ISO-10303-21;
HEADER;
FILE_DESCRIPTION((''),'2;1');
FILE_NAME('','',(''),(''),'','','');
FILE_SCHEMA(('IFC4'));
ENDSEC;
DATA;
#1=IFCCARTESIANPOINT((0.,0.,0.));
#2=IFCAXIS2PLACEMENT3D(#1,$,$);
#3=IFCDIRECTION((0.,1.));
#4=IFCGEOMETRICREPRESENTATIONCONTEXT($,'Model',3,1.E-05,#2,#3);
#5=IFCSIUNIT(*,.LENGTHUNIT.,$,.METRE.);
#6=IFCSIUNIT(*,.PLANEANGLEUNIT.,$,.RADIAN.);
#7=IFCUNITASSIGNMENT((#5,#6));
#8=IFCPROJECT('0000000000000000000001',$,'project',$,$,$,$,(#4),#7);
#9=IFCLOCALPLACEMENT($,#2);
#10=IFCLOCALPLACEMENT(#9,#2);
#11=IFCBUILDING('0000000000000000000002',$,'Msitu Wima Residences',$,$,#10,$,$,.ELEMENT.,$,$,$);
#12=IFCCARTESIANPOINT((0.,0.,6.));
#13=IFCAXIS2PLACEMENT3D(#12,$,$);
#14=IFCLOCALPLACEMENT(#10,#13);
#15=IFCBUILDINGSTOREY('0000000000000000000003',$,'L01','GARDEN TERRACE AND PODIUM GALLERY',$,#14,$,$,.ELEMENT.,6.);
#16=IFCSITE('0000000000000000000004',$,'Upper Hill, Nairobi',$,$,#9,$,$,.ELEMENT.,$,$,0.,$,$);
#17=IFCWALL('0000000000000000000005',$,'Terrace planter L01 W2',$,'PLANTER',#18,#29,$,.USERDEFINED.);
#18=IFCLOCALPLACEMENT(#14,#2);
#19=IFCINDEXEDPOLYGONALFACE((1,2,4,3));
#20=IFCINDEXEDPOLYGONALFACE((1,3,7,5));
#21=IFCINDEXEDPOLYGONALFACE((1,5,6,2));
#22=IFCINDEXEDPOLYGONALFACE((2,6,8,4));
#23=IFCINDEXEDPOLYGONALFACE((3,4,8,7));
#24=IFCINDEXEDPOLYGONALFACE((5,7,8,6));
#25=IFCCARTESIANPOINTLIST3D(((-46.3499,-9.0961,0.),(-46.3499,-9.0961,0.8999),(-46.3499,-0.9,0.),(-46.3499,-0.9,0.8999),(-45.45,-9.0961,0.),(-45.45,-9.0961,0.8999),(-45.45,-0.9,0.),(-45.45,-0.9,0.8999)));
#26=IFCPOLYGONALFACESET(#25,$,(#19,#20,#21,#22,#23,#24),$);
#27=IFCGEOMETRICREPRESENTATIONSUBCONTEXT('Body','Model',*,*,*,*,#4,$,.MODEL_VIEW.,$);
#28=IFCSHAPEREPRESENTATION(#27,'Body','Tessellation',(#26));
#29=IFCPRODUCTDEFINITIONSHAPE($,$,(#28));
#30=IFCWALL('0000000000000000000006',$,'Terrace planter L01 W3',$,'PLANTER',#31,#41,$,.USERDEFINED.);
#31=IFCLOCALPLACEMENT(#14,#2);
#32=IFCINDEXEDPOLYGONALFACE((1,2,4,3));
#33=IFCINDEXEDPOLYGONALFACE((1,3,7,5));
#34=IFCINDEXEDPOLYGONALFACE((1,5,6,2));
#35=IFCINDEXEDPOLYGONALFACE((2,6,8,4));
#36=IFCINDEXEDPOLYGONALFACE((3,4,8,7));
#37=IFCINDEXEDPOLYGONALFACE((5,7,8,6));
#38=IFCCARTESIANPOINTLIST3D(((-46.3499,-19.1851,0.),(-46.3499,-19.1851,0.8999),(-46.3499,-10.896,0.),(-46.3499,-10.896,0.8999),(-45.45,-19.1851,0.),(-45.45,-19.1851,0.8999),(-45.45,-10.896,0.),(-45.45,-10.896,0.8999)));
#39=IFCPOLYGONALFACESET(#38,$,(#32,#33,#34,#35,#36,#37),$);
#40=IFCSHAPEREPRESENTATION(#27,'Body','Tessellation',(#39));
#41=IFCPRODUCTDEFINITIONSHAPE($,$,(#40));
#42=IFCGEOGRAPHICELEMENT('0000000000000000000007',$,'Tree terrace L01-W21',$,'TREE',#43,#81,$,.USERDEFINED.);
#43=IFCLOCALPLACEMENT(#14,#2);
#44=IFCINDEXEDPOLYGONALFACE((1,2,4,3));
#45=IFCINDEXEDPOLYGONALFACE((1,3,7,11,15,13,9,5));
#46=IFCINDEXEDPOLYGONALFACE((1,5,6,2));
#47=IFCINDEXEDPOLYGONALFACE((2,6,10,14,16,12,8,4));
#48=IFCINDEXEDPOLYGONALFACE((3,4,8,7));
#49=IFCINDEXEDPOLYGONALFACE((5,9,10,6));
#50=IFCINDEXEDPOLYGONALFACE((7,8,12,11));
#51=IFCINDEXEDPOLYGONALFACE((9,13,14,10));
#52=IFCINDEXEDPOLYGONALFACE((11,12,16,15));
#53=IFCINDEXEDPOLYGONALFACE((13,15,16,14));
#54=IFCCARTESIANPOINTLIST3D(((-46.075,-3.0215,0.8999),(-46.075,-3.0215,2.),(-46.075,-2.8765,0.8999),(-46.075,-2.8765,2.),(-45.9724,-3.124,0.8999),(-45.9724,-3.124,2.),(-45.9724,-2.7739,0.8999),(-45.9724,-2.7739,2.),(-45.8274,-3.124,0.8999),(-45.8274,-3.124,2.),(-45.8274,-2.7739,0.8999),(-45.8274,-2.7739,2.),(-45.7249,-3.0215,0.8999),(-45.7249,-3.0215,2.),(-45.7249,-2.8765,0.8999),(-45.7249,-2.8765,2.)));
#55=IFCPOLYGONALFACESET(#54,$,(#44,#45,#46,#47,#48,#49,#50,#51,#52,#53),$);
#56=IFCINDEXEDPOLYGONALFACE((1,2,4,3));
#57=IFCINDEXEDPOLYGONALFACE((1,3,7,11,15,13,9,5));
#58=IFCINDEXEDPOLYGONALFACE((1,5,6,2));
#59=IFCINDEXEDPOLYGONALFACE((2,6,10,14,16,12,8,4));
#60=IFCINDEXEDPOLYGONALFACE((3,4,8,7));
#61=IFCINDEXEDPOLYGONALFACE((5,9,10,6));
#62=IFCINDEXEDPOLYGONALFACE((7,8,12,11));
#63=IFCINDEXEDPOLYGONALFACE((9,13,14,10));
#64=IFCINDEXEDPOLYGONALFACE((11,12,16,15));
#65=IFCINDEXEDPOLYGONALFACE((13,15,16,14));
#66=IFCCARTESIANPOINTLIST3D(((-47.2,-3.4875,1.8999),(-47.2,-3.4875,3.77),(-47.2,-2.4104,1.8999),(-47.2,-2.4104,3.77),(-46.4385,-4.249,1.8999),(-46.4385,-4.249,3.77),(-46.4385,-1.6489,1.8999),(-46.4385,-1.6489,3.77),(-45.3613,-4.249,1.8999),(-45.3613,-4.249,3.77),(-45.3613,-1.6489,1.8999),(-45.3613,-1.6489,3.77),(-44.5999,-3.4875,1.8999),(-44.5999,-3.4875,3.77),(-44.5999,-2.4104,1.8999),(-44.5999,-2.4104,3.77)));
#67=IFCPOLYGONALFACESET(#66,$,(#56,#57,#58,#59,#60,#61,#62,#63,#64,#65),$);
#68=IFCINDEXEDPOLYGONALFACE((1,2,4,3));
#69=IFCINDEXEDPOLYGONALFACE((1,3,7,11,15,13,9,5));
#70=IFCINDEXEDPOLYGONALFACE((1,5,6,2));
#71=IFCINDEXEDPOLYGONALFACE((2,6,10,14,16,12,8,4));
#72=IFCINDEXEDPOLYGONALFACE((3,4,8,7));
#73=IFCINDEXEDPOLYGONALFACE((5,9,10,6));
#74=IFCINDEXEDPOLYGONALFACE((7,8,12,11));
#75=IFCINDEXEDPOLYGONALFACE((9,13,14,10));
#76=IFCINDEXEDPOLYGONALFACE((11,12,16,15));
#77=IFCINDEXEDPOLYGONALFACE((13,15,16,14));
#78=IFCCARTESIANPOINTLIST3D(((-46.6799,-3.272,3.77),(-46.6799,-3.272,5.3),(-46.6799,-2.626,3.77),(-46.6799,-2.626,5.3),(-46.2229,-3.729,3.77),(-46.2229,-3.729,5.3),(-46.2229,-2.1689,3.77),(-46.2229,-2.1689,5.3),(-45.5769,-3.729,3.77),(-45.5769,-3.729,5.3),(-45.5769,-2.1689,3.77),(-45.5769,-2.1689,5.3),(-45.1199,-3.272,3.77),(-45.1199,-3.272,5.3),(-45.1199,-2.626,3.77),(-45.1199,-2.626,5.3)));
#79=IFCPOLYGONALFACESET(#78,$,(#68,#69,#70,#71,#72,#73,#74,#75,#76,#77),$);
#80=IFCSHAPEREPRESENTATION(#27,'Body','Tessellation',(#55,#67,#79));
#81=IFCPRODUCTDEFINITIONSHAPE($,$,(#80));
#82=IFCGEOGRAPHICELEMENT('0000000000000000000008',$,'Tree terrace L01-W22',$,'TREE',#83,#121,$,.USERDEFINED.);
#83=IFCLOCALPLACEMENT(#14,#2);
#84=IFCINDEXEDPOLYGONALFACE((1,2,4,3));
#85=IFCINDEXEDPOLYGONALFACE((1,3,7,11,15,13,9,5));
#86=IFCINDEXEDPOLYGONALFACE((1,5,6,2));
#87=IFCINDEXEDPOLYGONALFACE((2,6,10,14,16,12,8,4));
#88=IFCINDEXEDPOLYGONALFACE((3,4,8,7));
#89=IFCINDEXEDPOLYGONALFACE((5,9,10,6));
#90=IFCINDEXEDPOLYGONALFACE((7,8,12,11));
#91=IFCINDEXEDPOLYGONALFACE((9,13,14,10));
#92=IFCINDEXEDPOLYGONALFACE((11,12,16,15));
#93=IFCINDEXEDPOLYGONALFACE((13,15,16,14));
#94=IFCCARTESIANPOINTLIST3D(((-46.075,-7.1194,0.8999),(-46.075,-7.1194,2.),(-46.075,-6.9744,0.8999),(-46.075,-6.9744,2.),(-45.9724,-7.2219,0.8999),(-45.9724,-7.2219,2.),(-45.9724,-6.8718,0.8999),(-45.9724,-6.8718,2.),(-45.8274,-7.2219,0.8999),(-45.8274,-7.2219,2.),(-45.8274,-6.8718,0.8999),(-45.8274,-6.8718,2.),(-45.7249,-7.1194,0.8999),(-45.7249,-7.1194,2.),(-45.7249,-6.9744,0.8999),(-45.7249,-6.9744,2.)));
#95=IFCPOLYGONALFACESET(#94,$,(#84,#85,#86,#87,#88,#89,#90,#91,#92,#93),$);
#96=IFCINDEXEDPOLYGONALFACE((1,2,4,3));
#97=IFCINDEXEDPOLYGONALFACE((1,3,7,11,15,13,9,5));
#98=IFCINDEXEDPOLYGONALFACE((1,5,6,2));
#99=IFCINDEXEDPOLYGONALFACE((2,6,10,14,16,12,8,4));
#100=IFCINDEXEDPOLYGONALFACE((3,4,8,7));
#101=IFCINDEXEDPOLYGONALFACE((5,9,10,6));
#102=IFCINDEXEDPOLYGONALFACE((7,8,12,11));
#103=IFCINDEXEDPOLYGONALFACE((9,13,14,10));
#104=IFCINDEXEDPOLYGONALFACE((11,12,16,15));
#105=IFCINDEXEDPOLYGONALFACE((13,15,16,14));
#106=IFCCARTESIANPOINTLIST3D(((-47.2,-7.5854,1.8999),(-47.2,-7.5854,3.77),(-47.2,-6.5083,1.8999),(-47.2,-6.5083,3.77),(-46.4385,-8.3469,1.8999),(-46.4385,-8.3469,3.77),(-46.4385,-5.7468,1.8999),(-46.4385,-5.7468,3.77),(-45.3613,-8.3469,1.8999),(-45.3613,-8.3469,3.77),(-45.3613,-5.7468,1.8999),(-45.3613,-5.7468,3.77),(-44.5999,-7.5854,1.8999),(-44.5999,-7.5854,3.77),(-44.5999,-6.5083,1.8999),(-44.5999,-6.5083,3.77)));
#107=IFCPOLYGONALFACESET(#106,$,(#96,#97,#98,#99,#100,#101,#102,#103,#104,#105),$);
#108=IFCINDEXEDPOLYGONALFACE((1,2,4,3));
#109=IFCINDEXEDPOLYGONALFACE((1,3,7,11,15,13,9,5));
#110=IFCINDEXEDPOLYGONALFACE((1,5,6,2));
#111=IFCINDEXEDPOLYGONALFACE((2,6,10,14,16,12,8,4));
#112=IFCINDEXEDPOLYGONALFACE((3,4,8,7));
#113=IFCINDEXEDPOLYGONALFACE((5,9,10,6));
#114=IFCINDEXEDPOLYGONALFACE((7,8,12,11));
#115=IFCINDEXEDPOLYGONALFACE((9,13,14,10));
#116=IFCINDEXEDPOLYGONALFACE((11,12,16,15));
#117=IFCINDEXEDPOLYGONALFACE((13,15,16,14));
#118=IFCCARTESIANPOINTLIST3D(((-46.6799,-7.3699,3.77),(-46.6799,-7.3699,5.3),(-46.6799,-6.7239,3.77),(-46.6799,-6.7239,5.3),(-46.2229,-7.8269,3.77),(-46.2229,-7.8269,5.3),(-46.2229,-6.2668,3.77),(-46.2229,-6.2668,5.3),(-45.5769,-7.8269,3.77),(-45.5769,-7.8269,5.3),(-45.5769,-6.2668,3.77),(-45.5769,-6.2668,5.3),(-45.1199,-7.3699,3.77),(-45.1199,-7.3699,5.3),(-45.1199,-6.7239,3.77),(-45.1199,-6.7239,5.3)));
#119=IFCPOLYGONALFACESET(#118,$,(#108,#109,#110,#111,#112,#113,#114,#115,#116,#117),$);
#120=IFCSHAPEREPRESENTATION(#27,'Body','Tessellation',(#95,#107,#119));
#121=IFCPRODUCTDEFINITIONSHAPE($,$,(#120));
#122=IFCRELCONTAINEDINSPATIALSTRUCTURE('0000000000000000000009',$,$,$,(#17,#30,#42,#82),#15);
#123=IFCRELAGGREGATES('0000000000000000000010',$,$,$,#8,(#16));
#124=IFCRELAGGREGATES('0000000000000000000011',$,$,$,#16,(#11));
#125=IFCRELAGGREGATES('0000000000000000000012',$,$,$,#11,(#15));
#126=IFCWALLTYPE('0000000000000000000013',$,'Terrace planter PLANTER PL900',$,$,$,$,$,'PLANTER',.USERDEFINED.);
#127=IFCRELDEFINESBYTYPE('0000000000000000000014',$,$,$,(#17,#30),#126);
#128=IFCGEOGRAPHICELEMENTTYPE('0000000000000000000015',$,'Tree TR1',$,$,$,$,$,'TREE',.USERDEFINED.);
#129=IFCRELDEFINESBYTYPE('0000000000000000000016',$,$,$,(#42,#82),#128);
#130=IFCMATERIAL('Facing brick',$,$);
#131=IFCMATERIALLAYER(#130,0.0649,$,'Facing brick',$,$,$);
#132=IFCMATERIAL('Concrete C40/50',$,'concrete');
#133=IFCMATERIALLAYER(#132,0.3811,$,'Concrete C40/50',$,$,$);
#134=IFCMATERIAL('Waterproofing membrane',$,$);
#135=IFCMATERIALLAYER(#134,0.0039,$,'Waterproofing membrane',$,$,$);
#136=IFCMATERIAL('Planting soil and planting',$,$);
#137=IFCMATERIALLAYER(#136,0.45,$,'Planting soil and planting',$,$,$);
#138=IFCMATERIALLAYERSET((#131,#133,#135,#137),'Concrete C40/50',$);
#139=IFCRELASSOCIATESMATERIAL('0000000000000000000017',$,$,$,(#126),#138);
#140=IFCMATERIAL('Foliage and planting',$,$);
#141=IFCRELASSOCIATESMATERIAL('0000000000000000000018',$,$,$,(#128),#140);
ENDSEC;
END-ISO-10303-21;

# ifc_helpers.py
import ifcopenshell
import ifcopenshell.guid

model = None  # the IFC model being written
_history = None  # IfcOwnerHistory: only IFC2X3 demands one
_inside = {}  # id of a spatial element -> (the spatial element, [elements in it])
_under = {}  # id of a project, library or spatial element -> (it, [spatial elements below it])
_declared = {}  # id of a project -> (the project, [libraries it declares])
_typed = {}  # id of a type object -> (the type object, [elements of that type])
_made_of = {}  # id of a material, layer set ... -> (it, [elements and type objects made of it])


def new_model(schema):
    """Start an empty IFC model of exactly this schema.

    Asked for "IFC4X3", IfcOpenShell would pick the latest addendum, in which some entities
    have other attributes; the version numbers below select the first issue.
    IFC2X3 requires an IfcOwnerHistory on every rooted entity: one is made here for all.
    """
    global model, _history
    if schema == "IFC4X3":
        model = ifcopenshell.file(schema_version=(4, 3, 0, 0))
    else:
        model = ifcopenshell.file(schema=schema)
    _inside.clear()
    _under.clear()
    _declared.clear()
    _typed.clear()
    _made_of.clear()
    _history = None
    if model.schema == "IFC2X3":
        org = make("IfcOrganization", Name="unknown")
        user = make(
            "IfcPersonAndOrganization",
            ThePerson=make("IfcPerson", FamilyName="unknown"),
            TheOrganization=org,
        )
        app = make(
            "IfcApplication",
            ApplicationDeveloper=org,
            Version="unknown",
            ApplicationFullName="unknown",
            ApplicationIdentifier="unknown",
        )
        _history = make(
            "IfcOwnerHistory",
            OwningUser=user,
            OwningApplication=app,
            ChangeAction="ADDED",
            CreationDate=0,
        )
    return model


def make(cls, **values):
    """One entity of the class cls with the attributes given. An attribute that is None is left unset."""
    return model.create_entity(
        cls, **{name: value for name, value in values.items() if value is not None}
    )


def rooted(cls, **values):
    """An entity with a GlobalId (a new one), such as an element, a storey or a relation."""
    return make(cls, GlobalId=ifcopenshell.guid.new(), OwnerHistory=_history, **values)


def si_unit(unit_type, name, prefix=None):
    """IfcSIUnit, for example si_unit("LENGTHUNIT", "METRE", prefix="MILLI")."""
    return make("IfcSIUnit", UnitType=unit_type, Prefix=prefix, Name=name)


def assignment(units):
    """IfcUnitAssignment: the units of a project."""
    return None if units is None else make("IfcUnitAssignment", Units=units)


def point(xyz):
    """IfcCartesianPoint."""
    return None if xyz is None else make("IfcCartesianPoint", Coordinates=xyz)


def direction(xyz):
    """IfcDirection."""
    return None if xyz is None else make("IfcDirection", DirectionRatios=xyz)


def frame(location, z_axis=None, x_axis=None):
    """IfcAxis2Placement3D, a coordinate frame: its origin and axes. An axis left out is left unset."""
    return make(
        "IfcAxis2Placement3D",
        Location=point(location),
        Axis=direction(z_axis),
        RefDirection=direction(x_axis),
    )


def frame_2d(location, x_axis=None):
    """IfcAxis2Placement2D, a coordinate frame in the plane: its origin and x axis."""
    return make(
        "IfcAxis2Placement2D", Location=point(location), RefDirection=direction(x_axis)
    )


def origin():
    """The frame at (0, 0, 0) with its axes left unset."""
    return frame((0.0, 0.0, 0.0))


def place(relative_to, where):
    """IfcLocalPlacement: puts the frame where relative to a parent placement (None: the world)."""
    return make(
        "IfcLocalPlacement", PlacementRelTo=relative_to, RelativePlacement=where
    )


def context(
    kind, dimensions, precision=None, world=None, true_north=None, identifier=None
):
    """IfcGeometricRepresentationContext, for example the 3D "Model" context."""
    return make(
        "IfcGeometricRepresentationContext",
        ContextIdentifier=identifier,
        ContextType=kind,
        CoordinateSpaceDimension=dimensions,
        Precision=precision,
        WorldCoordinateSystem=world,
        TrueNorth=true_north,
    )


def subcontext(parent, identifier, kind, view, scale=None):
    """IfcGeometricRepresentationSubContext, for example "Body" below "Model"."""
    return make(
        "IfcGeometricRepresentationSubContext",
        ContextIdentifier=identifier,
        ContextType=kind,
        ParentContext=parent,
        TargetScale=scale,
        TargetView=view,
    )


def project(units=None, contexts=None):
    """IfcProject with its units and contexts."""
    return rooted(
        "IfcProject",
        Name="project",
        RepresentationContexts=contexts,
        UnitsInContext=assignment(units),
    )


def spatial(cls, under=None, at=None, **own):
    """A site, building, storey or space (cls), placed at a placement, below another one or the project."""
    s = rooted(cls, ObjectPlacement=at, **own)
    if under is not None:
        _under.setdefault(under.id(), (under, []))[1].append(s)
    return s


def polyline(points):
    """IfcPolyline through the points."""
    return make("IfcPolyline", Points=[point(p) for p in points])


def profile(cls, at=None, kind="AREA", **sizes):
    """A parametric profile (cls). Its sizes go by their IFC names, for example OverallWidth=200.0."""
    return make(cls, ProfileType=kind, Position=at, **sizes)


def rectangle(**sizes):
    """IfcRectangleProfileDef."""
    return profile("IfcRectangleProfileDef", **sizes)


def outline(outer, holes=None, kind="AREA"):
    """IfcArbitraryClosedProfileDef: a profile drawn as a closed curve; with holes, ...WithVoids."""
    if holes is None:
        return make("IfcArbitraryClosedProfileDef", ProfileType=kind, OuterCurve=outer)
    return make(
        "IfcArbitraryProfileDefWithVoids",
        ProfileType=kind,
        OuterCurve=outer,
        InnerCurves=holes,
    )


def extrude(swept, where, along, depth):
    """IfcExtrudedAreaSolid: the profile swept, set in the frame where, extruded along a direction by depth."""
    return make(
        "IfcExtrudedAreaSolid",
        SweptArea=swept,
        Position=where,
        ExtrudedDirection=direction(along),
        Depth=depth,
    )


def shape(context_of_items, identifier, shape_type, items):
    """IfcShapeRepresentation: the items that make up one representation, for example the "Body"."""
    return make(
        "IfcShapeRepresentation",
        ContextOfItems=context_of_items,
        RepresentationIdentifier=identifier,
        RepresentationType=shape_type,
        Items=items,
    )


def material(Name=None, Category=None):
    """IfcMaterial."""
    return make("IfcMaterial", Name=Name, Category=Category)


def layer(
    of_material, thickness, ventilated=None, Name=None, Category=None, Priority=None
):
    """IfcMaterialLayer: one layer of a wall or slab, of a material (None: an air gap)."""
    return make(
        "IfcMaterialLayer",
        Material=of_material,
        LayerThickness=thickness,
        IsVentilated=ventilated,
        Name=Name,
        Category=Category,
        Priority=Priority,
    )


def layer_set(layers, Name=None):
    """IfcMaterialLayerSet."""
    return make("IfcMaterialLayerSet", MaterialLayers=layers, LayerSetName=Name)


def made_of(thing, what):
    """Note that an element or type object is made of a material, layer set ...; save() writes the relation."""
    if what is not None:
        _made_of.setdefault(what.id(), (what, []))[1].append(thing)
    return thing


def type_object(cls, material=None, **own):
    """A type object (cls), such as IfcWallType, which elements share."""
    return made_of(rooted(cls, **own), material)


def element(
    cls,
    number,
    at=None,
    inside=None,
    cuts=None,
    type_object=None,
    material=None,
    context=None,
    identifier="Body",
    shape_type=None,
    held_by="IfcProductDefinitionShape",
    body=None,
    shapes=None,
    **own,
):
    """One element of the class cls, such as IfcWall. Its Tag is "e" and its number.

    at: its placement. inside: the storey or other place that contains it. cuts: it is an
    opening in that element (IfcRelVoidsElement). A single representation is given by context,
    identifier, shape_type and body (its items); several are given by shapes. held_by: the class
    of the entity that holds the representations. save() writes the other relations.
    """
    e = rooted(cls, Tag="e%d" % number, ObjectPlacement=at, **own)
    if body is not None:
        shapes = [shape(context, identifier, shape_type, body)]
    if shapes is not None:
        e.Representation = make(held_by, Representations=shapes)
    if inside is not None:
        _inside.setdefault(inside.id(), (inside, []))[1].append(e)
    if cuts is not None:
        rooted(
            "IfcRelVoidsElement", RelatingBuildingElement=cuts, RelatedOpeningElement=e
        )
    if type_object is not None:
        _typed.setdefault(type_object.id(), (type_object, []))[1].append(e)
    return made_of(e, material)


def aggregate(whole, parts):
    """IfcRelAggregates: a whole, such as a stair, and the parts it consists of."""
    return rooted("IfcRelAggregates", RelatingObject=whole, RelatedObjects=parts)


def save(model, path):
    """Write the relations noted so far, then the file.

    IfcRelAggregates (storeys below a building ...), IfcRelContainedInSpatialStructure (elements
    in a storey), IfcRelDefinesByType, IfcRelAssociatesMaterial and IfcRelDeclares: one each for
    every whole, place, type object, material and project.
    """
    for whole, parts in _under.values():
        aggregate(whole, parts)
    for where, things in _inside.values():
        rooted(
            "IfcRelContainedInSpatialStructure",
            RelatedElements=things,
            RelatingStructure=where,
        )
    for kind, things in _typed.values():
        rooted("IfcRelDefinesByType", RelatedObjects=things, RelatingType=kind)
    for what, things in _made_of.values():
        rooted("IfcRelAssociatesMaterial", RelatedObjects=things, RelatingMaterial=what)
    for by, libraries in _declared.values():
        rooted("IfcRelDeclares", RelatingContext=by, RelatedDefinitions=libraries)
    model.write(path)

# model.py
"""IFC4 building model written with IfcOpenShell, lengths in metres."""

from ifc_helpers import new_model, si_unit, direction, frame, frame_2d, origin, place, context, subcontext, project, spatial, polyline, rectangle, outline, extrude, material, layer, layer_set, type_object, element, save


model = new_model("IFC4")

# Units and contexts
model_context = context("Model", 3, precision=1e-05, world=origin(), true_north=direction((0.0, 1.0)))
body_context = subcontext(model_context, "Body", "Model", "MODEL_VIEW")
ifc_project = project(units=[si_unit("LENGTHUNIT", "METRE"), si_unit("PLANEANGLEUNIT", "RADIAN")], contexts=[model_context])

# Site, building, storey
site_placement = place(None, origin())
site = spatial("IfcSite", under=ifc_project, at=site_placement, Name="Upper Hill, Nairobi", CompositionType="ELEMENT", RefElevation=0.0)
building_placement = place(site_placement, origin())
building = spatial("IfcBuilding", under=site, at=building_placement, Name="Msitu Wima Residences", CompositionType="ELEMENT")
storey_placement = place(building_placement, frame((0.0, 0.0, 6.0)))
storey = spatial("IfcBuildingStorey", under=building, at=storey_placement, Name="L01", Description="GARDEN TERRACE AND PODIUM GALLERY", CompositionType="ELEMENT", Elevation=6.0)

# Walls
ifc_material_1 = material(Name="Facing brick")
ifc_layer_1 = layer(ifc_material_1, 0.0649, Name="Facing brick")
ifc_material_2 = material(Name="Concrete C40/50", Category="concrete")
ifc_layer_2 = layer(ifc_material_2, 0.3811, Name="Concrete C40/50")
ifc_material_3 = material(Name="Waterproofing membrane")
ifc_layer_3 = layer(ifc_material_3, 0.0039, Name="Waterproofing membrane")
ifc_material_4 = material(Name="Planting soil and planting")
ifc_layer_4 = layer(ifc_material_4, 0.45, Name="Planting soil and planting")
ifc_layer_set_1 = layer_set([ifc_layer_1, ifc_layer_2, ifc_layer_3, ifc_layer_4], Name="Concrete C40/50")
wall_type_1 = type_object("IfcWallType", Name="Terrace planter PLANTER PL900", ElementType="PLANTER", PredefinedType="USERDEFINED", material=ifc_layer_set_1)
wall_1_placement = place(storey_placement, frame((-45.8999, -0.8999, 0.0), z_axis=(0.0, 0.0, 1.0), x_axis=(0.0, -1.0, 0.0)))
element("IfcWall", 1, at=wall_1_placement, inside=storey, type_object=wall_type_1, Name="Terrace planter L01 W2", ObjectType="PLANTER", PredefinedType="USERDEFINED", context=body_context, shape_type="SweptSolid", body=[
    extrude(rectangle(XDim=8.196, YDim=0.8999, at=frame_2d((4.0981, 0.0))), origin(), (0.0, 0.0, 1.0), 0.8999),
])
wall_2_placement = place(storey_placement, frame((-45.8999, -10.896, 0.0), z_axis=(0.0, 0.0, 1.0), x_axis=(0.0, -1.0, 0.0)))
element("IfcWall", 2, at=wall_2_placement, inside=storey, type_object=wall_type_1, Name="Terrace planter L01 W3", ObjectType="PLANTER", PredefinedType="USERDEFINED", context=body_context, shape_type="SweptSolid", body=[
    extrude(rectangle(XDim=8.2891, YDim=0.8999, at=frame_2d((4.1445, 0.0))), origin(), (0.0, 0.0, 1.0), 0.8999),
])

# Geographic elements
ifc_material_5 = material(Name="Foliage and planting")
geographic_element_type = type_object("IfcGeographicElementType", Name="Tree TR1", ElementType="TREE", PredefinedType="USERDEFINED", material=ifc_material_5)
for number, where, z_axis, x_axis, name in (
    (3, (-45.8999, -2.949, 0.8999), (0.0, 0.0, 1.0), (1.0, 0.0, 0.0), "Tree terrace L01-W21"),
    (4, (-45.8999, -7.0469, 0.8999), (0.0, 0.0, 1.0), (1.0, 0.0, 0.0), "Tree terrace L01-W22"),
):
    element("IfcGeographicElement", number, at=place(storey_placement, frame(where, z_axis=z_axis, x_axis=x_axis)), inside=storey, type_object=geographic_element_type, Name=name, ObjectType="TREE", PredefinedType="USERDEFINED", context=body_context, shape_type="SweptSolid", body=[
        extrude(outline(polyline([(0.175, 0.0725), (0.0725, 0.175), (-0.0725, 0.175), (-0.175, 0.0725), (-0.175, -0.0725), (-0.0725, -0.175), (0.0725, -0.175), (0.175, -0.0725), (0.175, 0.0725)])), origin(), (0.0, 0.0, 1.0), 1.1001),
        extrude(outline(polyline([(1.3, 0.5386), (0.5386, 1.3), (-0.5386, 1.3), (-1.3, 0.5386), (-1.3, -0.5386), (-0.5386, -1.3), (0.5386, -1.3), (1.3, -0.5386), (1.3, 0.5386)])), frame((0.0, 0.0, 1.0)), (0.0, 0.0, 1.0), 1.8701),
        extrude(outline(polyline([(0.78, 0.323), (0.323, 0.78), (-0.323, 0.78), (-0.78, 0.323), (-0.78, -0.323), (-0.323, -0.78), (0.323, -0.78), (0.78, -0.323), (0.78, 0.323)])), frame((0.0, 0.0, 2.8701)), (0.0, 0.0, 1.0), 1.53),
    ])

save(model, "model.ifc")
